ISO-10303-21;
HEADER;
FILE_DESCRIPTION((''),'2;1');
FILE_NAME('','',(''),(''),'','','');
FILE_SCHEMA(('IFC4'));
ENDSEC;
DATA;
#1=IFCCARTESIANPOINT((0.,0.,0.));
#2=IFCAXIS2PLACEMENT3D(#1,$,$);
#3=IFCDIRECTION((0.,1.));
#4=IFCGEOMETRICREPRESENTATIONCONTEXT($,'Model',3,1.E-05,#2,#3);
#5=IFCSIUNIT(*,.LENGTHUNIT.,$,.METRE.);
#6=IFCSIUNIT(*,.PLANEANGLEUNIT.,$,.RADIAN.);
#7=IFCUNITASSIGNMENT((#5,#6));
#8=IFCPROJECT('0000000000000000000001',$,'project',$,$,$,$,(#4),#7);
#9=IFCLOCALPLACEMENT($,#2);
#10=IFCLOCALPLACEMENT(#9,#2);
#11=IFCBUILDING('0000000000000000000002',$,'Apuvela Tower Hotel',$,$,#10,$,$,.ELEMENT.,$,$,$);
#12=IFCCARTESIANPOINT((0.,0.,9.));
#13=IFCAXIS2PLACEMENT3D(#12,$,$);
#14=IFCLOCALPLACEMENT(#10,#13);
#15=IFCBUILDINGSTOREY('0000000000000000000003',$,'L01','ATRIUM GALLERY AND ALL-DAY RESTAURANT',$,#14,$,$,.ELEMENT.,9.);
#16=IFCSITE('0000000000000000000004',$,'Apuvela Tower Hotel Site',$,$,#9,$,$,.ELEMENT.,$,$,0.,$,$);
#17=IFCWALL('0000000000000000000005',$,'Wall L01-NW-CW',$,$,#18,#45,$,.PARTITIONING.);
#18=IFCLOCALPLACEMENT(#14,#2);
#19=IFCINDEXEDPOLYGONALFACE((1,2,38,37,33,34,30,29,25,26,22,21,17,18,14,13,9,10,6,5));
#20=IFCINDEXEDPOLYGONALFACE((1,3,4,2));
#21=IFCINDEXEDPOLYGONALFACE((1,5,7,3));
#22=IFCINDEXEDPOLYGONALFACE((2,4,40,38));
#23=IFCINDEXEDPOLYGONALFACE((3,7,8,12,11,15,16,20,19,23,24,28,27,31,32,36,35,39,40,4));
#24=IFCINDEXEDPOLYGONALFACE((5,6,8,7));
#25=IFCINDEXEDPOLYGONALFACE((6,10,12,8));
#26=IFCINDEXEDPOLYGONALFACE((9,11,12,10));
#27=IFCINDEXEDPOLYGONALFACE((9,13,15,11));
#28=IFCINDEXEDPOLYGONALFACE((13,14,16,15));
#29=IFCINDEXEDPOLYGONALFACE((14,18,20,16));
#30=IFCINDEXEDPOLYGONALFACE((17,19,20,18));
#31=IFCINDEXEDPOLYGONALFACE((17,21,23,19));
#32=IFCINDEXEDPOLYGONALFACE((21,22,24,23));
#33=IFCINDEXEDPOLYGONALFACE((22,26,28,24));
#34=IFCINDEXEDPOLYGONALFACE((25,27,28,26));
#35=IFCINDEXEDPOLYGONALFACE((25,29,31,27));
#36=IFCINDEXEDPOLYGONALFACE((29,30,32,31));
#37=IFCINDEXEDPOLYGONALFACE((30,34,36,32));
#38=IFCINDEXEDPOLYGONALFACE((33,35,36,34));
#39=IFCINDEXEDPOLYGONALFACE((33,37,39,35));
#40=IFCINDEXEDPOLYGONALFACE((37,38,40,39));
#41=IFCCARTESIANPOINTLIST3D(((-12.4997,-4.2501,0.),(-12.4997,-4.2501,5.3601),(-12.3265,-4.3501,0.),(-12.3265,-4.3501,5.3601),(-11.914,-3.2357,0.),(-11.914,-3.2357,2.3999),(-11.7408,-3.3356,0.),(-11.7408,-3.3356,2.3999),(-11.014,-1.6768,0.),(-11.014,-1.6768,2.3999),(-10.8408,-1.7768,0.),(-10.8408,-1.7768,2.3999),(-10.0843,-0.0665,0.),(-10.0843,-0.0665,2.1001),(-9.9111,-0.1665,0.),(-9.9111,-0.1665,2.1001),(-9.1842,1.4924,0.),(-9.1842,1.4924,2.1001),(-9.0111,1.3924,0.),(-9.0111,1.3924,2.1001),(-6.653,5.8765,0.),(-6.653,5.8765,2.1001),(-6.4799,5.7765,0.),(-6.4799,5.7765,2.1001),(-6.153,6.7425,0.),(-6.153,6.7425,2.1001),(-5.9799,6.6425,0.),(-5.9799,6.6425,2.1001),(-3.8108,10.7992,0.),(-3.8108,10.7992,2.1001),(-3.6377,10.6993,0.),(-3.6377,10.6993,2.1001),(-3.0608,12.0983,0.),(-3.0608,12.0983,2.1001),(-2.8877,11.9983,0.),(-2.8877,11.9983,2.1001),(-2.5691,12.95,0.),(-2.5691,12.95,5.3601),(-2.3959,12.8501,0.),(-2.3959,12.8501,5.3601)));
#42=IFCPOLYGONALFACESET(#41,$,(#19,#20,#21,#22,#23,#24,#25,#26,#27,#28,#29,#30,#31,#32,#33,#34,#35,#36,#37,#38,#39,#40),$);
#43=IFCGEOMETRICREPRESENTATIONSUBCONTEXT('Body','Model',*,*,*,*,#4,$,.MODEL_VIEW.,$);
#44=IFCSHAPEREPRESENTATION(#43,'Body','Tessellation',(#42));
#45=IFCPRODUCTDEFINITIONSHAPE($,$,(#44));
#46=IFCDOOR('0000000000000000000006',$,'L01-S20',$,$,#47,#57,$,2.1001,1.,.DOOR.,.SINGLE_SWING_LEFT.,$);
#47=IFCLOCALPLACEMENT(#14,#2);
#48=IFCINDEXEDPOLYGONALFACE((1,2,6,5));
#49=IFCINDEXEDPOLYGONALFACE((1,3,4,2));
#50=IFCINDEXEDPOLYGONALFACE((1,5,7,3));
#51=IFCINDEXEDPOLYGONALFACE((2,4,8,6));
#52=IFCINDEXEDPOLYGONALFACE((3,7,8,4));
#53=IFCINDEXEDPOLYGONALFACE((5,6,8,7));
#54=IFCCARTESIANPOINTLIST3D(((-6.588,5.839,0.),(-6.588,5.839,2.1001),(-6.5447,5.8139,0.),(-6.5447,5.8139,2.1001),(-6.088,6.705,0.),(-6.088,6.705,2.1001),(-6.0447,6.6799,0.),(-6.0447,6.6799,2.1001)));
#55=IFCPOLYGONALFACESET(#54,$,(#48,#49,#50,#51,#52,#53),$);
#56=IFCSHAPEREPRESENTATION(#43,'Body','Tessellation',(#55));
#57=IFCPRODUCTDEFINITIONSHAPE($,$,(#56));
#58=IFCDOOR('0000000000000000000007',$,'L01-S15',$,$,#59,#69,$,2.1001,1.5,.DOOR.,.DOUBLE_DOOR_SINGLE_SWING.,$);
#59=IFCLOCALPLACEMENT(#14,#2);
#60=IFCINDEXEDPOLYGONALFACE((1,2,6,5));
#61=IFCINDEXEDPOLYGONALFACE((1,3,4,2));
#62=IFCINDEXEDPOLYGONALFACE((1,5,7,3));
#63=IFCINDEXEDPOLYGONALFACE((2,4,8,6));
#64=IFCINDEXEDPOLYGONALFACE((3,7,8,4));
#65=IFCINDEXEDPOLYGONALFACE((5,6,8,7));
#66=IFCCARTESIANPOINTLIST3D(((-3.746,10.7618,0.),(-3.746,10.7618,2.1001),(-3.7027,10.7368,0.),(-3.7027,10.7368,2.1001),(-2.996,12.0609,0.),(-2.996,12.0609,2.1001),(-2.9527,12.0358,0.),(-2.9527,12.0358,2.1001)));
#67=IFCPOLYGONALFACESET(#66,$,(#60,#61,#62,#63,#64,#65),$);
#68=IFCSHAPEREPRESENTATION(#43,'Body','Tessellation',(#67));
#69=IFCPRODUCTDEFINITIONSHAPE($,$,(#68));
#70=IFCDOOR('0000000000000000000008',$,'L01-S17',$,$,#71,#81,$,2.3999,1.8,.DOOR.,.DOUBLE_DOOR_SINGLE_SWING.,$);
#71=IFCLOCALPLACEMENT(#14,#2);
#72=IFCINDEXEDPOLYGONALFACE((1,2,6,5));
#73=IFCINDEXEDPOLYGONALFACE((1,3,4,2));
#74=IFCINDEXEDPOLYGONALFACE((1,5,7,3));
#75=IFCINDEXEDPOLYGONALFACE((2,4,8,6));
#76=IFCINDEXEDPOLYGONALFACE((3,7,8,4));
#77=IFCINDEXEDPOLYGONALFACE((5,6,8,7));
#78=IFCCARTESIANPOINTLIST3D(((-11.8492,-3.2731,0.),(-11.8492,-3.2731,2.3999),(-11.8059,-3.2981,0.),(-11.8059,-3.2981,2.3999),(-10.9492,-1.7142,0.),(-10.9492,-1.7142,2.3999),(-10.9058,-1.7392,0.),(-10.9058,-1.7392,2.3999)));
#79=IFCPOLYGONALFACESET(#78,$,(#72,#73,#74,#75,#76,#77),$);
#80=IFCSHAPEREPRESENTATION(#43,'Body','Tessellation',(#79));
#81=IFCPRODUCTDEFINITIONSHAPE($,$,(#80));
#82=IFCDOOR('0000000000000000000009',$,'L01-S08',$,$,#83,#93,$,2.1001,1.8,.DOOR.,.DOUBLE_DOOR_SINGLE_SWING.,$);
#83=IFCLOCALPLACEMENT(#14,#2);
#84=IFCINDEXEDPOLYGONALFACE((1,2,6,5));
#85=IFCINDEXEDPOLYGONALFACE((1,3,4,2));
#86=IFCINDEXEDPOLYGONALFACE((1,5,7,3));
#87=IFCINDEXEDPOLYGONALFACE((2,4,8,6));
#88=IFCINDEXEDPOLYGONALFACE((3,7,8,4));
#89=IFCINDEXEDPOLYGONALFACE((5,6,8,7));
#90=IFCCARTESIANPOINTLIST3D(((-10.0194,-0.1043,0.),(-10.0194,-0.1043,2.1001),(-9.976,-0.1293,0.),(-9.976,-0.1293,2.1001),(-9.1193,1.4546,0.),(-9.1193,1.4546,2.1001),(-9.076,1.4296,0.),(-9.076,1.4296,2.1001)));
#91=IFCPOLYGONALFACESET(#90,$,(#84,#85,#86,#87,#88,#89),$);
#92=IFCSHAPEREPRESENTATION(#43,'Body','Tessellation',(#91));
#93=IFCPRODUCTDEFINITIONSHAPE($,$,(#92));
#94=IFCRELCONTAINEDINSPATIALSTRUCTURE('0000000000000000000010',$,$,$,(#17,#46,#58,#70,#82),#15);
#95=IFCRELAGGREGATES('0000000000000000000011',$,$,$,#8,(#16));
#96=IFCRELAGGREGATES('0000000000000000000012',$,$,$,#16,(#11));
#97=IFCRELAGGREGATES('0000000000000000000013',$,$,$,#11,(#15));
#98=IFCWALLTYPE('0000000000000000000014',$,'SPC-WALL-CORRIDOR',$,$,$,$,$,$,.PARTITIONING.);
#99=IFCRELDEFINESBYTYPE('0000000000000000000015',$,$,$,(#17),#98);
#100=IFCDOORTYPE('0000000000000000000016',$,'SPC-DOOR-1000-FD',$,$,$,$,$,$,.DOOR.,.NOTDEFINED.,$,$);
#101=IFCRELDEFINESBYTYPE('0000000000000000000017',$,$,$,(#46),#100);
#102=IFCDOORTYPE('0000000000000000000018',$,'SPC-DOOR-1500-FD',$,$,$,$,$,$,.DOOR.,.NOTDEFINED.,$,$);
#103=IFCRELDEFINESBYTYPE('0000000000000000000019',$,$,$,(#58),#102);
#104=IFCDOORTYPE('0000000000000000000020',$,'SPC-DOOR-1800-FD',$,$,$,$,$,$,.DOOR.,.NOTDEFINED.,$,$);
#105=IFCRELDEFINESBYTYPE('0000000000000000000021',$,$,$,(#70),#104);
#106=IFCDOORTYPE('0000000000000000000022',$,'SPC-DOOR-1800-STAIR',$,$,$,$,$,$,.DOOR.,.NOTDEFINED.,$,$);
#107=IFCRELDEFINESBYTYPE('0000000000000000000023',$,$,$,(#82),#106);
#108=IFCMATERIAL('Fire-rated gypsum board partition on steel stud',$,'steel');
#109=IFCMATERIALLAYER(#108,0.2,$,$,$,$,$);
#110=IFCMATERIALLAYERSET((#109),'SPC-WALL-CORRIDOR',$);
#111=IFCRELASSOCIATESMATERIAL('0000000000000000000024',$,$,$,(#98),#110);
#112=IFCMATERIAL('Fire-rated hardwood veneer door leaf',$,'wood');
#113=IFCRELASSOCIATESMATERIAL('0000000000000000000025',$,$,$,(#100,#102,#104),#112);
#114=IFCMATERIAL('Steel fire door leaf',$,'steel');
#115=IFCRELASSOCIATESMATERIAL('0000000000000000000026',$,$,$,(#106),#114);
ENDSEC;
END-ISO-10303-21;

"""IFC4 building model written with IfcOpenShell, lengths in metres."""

from ifc_helpers import new_model, si_unit, direction, frame, frame_2d, origin, place, context, subcontext, project, spatial, rectangle, extrude, material, layer, layer_set, type_object, element, fill, save


model = new_model("IFC4")

# Units and contexts
model_context = context("Model", 3, precision=1e-05, world=origin(), true_north=direction((0.0, 1.0)))
body_context = subcontext(model_context, "Body", "Model", "MODEL_VIEW")
ifc_project = project(units=[si_unit("LENGTHUNIT", "METRE"), si_unit("PLANEANGLEUNIT", "RADIAN")], contexts=[model_context])

# Site, building, storey
site_placement = place(None, origin())
site = spatial("IfcSite", under=ifc_project, at=site_placement, Name="Apuvela Tower Hotel Site", CompositionType="ELEMENT", RefElevation=0.0)
building_placement = place(site_placement, origin())
building = spatial("IfcBuilding", under=site, at=building_placement, Name="Apuvela Tower Hotel", CompositionType="ELEMENT")
storey_placement = place(building_placement, frame((0.0, 0.0, 9.0)))
storey = spatial("IfcBuildingStorey", under=building, at=storey_placement, Name="L01", Description="ATRIUM GALLERY AND ALL-DAY RESTAURANT", CompositionType="ELEMENT", Elevation=9.0)

# Wall, openings, doors
ifc_material_1 = material(Name="Fire-rated gypsum board partition on steel stud", Category="steel")
ifc_layer_1 = layer(ifc_material_1, 0.2)
ifc_layer_set_1 = layer_set([ifc_layer_1], Name="SPC-WALL-CORRIDOR")
wall_type_1 = type_object("IfcWallType", Name="SPC-WALL-CORRIDOR", PredefinedType="PARTITIONING", material=ifc_layer_set_1)
wall_1_placement = place(storey_placement, frame((-2.4824, 12.9001, 0.0), z_axis=(0.0, 0.0, 1.0), x_axis=(-0.500005, -0.866023, 0.0)))
wall_1 = element("IfcWall", 1, at=wall_1_placement, inside=storey, type_object=wall_type_1, Name="Wall L01-NW-CW", PredefinedType="PARTITIONING", context=body_context, shape_type="SweptSolid", body=[
    extrude(rectangle(XDim=19.8611, YDim=0.2, at=frame_2d((9.9307, 0.0))), origin(), (0.0, 0.0, 1.0), 5.3601),
])
opening_1_placement = place(wall_1_placement, frame((13.2305, 0.0, 0.0)))
opening_1 = element("IfcOpeningElement", 2, at=opening_1_placement, cuts=wall_1, PredefinedType="OPENING", context=body_context, shape_type="SweptSolid", body=[
    extrude(rectangle(XDim=1.8, YDim=2.1001, at=frame_2d((0.8999, 1.05))), frame((0.0, 0.1099, 0.0), z_axis=(0.0, -1.0, 0.0), x_axis=(1.0, 0.0, 0.0)), (0.0, 0.0, 1.0), 0.22),
])
opening_2_placement = place(wall_1_placement, frame((0.9836, 0.0, 0.0)))
opening_2 = element("IfcOpeningElement", 3, at=opening_2_placement, cuts=wall_1, PredefinedType="OPENING", context=body_context, shape_type="SweptSolid", body=[
    extrude(rectangle(XDim=1.5, YDim=2.1001, at=frame_2d((0.75, 1.05))), frame((0.0, 0.1099, 0.0), z_axis=(0.0, -1.0, 0.0), x_axis=(1.0, 0.0, 0.0)), (0.0, 0.0, 1.0), 0.22),
])
opening_3_placement = place(wall_1_placement, frame((16.8899, 0.0, 0.0)))
opening_3 = element("IfcOpeningElement", 4, at=opening_3_placement, cuts=wall_1, PredefinedType="OPENING", context=body_context, shape_type="SweptSolid", body=[
    extrude(rectangle(XDim=1.8, YDim=2.3999, at=frame_2d((0.8999, 1.2))), frame((0.0, 0.1099, 0.0), z_axis=(0.0, -1.0, 0.0), x_axis=(1.0, 0.0, 0.0)), (0.0, 0.0, 1.0), 0.22),
])
opening_4_placement = place(wall_1_placement, frame((7.168, 0.0, 0.0)))
opening_4 = element("IfcOpeningElement", 5, at=opening_4_placement, cuts=wall_1, PredefinedType="OPENING", context=body_context, shape_type="SweptSolid", body=[
    extrude(rectangle(XDim=1.0, YDim=2.1001, at=frame_2d((0.5, 1.05))), frame((0.0, 0.1099, 0.0), z_axis=(0.0, -1.0, 0.0), x_axis=(1.0, 0.0, 0.0)), (0.0, 0.0, 1.0), 0.22),
])
ifc_material_2 = material(Name="Fire-rated hardwood veneer door leaf", Category="wood")
door_type_1 = type_object("IfcDoorType", Name="SPC-DOOR-1000-FD", OperationType="NOTDEFINED", PredefinedType="DOOR", material=ifc_material_2)
door_1_placement = place(opening_4_placement, frame((1.0, 0.0, 0.0), z_axis=(0.0, 0.0, 1.0), x_axis=(-1.0, 0.0, 0.0)))
door_1 = element("IfcDoor", 6, at=door_1_placement, inside=storey, type_object=door_type_1, Name="L01-S20", OperationType="SINGLE_SWING_LEFT", OverallHeight=2.1001, OverallWidth=1.0, PredefinedType="DOOR", context=body_context, shape_type="SweptSolid", body=[
    extrude(rectangle(XDim=1.0, YDim=2.1001, at=frame_2d((0.5, 1.05))), frame((0.0, 0.0249, 0.0), z_axis=(0.0, -1.0, 0.0), x_axis=(1.0, 0.0, 0.0)), (0.0, 0.0, 1.0), 0.05),
])
fill(opening_4, door_1)
door_type_2 = type_object("IfcDoorType", Name="SPC-DOOR-1500-FD", OperationType="NOTDEFINED", PredefinedType="DOOR", material=ifc_material_2)
door_2_placement = place(opening_2_placement, origin())
door_2 = element("IfcDoor", 7, at=door_2_placement, inside=storey, type_object=door_type_2, Name="L01-S15", OperationType="DOUBLE_DOOR_SINGLE_SWING", OverallHeight=2.1001, OverallWidth=1.5, PredefinedType="DOOR", context=body_context, shape_type="SweptSolid", body=[
    extrude(rectangle(XDim=1.5, YDim=2.1001, at=frame_2d((0.75, 1.05))), frame((0.0, 0.0249, 0.0), z_axis=(0.0, -1.0, 0.0), x_axis=(1.0, 0.0, 0.0)), (0.0, 0.0, 1.0), 0.05),
])
fill(opening_2, door_2)
door_type_3 = type_object("IfcDoorType", Name="SPC-DOOR-1800-FD", OperationType="NOTDEFINED", PredefinedType="DOOR", material=ifc_material_2)
door_3_placement = place(opening_3_placement, origin())
door_3 = element("IfcDoor", 8, at=door_3_placement, inside=storey, type_object=door_type_3, Name="L01-S17", OperationType="DOUBLE_DOOR_SINGLE_SWING", OverallHeight=2.3999, OverallWidth=1.8, PredefinedType="DOOR", context=body_context, shape_type="SweptSolid", body=[
    extrude(rectangle(XDim=1.8, YDim=2.3999, at=frame_2d((0.8999, 1.2))), frame((0.0, 0.0249, 0.0), z_axis=(0.0, -1.0, 0.0), x_axis=(1.0, 0.0, 0.0)), (0.0, 0.0, 1.0), 0.05),
])
fill(opening_3, door_3)
ifc_material_3 = material(Name="Steel fire door leaf", Category="steel")
door_type_4 = type_object("IfcDoorType", Name="SPC-DOOR-1800-STAIR", OperationType="NOTDEFINED", PredefinedType="DOOR", material=ifc_material_3)
door_4_placement = place(opening_1_placement, frame((1.8, 0.0, 0.0), z_axis=(0.0, 0.0, 1.0), x_axis=(-1.0, 0.0, 0.0)))
door_4 = element("IfcDoor", 9, at=door_4_placement, inside=storey, type_object=door_type_4, Name="L01-S08", OperationType="DOUBLE_DOOR_SINGLE_SWING", OverallHeight=2.1001, OverallWidth=1.8, PredefinedType="DOOR", context=body_context, shape_type="SweptSolid", body=[
    extrude(rectangle(XDim=1.8, YDim=2.1001, at=frame_2d((0.8999, 1.05))), frame((0.0, 0.0249, 0.0), z_axis=(0.0, -1.0, 0.0), x_axis=(1.0, 0.0, 0.0)), (0.0, 0.0, 1.0), 0.05),
])
fill(opening_1, door_4)

save(model, "model.ifc")
